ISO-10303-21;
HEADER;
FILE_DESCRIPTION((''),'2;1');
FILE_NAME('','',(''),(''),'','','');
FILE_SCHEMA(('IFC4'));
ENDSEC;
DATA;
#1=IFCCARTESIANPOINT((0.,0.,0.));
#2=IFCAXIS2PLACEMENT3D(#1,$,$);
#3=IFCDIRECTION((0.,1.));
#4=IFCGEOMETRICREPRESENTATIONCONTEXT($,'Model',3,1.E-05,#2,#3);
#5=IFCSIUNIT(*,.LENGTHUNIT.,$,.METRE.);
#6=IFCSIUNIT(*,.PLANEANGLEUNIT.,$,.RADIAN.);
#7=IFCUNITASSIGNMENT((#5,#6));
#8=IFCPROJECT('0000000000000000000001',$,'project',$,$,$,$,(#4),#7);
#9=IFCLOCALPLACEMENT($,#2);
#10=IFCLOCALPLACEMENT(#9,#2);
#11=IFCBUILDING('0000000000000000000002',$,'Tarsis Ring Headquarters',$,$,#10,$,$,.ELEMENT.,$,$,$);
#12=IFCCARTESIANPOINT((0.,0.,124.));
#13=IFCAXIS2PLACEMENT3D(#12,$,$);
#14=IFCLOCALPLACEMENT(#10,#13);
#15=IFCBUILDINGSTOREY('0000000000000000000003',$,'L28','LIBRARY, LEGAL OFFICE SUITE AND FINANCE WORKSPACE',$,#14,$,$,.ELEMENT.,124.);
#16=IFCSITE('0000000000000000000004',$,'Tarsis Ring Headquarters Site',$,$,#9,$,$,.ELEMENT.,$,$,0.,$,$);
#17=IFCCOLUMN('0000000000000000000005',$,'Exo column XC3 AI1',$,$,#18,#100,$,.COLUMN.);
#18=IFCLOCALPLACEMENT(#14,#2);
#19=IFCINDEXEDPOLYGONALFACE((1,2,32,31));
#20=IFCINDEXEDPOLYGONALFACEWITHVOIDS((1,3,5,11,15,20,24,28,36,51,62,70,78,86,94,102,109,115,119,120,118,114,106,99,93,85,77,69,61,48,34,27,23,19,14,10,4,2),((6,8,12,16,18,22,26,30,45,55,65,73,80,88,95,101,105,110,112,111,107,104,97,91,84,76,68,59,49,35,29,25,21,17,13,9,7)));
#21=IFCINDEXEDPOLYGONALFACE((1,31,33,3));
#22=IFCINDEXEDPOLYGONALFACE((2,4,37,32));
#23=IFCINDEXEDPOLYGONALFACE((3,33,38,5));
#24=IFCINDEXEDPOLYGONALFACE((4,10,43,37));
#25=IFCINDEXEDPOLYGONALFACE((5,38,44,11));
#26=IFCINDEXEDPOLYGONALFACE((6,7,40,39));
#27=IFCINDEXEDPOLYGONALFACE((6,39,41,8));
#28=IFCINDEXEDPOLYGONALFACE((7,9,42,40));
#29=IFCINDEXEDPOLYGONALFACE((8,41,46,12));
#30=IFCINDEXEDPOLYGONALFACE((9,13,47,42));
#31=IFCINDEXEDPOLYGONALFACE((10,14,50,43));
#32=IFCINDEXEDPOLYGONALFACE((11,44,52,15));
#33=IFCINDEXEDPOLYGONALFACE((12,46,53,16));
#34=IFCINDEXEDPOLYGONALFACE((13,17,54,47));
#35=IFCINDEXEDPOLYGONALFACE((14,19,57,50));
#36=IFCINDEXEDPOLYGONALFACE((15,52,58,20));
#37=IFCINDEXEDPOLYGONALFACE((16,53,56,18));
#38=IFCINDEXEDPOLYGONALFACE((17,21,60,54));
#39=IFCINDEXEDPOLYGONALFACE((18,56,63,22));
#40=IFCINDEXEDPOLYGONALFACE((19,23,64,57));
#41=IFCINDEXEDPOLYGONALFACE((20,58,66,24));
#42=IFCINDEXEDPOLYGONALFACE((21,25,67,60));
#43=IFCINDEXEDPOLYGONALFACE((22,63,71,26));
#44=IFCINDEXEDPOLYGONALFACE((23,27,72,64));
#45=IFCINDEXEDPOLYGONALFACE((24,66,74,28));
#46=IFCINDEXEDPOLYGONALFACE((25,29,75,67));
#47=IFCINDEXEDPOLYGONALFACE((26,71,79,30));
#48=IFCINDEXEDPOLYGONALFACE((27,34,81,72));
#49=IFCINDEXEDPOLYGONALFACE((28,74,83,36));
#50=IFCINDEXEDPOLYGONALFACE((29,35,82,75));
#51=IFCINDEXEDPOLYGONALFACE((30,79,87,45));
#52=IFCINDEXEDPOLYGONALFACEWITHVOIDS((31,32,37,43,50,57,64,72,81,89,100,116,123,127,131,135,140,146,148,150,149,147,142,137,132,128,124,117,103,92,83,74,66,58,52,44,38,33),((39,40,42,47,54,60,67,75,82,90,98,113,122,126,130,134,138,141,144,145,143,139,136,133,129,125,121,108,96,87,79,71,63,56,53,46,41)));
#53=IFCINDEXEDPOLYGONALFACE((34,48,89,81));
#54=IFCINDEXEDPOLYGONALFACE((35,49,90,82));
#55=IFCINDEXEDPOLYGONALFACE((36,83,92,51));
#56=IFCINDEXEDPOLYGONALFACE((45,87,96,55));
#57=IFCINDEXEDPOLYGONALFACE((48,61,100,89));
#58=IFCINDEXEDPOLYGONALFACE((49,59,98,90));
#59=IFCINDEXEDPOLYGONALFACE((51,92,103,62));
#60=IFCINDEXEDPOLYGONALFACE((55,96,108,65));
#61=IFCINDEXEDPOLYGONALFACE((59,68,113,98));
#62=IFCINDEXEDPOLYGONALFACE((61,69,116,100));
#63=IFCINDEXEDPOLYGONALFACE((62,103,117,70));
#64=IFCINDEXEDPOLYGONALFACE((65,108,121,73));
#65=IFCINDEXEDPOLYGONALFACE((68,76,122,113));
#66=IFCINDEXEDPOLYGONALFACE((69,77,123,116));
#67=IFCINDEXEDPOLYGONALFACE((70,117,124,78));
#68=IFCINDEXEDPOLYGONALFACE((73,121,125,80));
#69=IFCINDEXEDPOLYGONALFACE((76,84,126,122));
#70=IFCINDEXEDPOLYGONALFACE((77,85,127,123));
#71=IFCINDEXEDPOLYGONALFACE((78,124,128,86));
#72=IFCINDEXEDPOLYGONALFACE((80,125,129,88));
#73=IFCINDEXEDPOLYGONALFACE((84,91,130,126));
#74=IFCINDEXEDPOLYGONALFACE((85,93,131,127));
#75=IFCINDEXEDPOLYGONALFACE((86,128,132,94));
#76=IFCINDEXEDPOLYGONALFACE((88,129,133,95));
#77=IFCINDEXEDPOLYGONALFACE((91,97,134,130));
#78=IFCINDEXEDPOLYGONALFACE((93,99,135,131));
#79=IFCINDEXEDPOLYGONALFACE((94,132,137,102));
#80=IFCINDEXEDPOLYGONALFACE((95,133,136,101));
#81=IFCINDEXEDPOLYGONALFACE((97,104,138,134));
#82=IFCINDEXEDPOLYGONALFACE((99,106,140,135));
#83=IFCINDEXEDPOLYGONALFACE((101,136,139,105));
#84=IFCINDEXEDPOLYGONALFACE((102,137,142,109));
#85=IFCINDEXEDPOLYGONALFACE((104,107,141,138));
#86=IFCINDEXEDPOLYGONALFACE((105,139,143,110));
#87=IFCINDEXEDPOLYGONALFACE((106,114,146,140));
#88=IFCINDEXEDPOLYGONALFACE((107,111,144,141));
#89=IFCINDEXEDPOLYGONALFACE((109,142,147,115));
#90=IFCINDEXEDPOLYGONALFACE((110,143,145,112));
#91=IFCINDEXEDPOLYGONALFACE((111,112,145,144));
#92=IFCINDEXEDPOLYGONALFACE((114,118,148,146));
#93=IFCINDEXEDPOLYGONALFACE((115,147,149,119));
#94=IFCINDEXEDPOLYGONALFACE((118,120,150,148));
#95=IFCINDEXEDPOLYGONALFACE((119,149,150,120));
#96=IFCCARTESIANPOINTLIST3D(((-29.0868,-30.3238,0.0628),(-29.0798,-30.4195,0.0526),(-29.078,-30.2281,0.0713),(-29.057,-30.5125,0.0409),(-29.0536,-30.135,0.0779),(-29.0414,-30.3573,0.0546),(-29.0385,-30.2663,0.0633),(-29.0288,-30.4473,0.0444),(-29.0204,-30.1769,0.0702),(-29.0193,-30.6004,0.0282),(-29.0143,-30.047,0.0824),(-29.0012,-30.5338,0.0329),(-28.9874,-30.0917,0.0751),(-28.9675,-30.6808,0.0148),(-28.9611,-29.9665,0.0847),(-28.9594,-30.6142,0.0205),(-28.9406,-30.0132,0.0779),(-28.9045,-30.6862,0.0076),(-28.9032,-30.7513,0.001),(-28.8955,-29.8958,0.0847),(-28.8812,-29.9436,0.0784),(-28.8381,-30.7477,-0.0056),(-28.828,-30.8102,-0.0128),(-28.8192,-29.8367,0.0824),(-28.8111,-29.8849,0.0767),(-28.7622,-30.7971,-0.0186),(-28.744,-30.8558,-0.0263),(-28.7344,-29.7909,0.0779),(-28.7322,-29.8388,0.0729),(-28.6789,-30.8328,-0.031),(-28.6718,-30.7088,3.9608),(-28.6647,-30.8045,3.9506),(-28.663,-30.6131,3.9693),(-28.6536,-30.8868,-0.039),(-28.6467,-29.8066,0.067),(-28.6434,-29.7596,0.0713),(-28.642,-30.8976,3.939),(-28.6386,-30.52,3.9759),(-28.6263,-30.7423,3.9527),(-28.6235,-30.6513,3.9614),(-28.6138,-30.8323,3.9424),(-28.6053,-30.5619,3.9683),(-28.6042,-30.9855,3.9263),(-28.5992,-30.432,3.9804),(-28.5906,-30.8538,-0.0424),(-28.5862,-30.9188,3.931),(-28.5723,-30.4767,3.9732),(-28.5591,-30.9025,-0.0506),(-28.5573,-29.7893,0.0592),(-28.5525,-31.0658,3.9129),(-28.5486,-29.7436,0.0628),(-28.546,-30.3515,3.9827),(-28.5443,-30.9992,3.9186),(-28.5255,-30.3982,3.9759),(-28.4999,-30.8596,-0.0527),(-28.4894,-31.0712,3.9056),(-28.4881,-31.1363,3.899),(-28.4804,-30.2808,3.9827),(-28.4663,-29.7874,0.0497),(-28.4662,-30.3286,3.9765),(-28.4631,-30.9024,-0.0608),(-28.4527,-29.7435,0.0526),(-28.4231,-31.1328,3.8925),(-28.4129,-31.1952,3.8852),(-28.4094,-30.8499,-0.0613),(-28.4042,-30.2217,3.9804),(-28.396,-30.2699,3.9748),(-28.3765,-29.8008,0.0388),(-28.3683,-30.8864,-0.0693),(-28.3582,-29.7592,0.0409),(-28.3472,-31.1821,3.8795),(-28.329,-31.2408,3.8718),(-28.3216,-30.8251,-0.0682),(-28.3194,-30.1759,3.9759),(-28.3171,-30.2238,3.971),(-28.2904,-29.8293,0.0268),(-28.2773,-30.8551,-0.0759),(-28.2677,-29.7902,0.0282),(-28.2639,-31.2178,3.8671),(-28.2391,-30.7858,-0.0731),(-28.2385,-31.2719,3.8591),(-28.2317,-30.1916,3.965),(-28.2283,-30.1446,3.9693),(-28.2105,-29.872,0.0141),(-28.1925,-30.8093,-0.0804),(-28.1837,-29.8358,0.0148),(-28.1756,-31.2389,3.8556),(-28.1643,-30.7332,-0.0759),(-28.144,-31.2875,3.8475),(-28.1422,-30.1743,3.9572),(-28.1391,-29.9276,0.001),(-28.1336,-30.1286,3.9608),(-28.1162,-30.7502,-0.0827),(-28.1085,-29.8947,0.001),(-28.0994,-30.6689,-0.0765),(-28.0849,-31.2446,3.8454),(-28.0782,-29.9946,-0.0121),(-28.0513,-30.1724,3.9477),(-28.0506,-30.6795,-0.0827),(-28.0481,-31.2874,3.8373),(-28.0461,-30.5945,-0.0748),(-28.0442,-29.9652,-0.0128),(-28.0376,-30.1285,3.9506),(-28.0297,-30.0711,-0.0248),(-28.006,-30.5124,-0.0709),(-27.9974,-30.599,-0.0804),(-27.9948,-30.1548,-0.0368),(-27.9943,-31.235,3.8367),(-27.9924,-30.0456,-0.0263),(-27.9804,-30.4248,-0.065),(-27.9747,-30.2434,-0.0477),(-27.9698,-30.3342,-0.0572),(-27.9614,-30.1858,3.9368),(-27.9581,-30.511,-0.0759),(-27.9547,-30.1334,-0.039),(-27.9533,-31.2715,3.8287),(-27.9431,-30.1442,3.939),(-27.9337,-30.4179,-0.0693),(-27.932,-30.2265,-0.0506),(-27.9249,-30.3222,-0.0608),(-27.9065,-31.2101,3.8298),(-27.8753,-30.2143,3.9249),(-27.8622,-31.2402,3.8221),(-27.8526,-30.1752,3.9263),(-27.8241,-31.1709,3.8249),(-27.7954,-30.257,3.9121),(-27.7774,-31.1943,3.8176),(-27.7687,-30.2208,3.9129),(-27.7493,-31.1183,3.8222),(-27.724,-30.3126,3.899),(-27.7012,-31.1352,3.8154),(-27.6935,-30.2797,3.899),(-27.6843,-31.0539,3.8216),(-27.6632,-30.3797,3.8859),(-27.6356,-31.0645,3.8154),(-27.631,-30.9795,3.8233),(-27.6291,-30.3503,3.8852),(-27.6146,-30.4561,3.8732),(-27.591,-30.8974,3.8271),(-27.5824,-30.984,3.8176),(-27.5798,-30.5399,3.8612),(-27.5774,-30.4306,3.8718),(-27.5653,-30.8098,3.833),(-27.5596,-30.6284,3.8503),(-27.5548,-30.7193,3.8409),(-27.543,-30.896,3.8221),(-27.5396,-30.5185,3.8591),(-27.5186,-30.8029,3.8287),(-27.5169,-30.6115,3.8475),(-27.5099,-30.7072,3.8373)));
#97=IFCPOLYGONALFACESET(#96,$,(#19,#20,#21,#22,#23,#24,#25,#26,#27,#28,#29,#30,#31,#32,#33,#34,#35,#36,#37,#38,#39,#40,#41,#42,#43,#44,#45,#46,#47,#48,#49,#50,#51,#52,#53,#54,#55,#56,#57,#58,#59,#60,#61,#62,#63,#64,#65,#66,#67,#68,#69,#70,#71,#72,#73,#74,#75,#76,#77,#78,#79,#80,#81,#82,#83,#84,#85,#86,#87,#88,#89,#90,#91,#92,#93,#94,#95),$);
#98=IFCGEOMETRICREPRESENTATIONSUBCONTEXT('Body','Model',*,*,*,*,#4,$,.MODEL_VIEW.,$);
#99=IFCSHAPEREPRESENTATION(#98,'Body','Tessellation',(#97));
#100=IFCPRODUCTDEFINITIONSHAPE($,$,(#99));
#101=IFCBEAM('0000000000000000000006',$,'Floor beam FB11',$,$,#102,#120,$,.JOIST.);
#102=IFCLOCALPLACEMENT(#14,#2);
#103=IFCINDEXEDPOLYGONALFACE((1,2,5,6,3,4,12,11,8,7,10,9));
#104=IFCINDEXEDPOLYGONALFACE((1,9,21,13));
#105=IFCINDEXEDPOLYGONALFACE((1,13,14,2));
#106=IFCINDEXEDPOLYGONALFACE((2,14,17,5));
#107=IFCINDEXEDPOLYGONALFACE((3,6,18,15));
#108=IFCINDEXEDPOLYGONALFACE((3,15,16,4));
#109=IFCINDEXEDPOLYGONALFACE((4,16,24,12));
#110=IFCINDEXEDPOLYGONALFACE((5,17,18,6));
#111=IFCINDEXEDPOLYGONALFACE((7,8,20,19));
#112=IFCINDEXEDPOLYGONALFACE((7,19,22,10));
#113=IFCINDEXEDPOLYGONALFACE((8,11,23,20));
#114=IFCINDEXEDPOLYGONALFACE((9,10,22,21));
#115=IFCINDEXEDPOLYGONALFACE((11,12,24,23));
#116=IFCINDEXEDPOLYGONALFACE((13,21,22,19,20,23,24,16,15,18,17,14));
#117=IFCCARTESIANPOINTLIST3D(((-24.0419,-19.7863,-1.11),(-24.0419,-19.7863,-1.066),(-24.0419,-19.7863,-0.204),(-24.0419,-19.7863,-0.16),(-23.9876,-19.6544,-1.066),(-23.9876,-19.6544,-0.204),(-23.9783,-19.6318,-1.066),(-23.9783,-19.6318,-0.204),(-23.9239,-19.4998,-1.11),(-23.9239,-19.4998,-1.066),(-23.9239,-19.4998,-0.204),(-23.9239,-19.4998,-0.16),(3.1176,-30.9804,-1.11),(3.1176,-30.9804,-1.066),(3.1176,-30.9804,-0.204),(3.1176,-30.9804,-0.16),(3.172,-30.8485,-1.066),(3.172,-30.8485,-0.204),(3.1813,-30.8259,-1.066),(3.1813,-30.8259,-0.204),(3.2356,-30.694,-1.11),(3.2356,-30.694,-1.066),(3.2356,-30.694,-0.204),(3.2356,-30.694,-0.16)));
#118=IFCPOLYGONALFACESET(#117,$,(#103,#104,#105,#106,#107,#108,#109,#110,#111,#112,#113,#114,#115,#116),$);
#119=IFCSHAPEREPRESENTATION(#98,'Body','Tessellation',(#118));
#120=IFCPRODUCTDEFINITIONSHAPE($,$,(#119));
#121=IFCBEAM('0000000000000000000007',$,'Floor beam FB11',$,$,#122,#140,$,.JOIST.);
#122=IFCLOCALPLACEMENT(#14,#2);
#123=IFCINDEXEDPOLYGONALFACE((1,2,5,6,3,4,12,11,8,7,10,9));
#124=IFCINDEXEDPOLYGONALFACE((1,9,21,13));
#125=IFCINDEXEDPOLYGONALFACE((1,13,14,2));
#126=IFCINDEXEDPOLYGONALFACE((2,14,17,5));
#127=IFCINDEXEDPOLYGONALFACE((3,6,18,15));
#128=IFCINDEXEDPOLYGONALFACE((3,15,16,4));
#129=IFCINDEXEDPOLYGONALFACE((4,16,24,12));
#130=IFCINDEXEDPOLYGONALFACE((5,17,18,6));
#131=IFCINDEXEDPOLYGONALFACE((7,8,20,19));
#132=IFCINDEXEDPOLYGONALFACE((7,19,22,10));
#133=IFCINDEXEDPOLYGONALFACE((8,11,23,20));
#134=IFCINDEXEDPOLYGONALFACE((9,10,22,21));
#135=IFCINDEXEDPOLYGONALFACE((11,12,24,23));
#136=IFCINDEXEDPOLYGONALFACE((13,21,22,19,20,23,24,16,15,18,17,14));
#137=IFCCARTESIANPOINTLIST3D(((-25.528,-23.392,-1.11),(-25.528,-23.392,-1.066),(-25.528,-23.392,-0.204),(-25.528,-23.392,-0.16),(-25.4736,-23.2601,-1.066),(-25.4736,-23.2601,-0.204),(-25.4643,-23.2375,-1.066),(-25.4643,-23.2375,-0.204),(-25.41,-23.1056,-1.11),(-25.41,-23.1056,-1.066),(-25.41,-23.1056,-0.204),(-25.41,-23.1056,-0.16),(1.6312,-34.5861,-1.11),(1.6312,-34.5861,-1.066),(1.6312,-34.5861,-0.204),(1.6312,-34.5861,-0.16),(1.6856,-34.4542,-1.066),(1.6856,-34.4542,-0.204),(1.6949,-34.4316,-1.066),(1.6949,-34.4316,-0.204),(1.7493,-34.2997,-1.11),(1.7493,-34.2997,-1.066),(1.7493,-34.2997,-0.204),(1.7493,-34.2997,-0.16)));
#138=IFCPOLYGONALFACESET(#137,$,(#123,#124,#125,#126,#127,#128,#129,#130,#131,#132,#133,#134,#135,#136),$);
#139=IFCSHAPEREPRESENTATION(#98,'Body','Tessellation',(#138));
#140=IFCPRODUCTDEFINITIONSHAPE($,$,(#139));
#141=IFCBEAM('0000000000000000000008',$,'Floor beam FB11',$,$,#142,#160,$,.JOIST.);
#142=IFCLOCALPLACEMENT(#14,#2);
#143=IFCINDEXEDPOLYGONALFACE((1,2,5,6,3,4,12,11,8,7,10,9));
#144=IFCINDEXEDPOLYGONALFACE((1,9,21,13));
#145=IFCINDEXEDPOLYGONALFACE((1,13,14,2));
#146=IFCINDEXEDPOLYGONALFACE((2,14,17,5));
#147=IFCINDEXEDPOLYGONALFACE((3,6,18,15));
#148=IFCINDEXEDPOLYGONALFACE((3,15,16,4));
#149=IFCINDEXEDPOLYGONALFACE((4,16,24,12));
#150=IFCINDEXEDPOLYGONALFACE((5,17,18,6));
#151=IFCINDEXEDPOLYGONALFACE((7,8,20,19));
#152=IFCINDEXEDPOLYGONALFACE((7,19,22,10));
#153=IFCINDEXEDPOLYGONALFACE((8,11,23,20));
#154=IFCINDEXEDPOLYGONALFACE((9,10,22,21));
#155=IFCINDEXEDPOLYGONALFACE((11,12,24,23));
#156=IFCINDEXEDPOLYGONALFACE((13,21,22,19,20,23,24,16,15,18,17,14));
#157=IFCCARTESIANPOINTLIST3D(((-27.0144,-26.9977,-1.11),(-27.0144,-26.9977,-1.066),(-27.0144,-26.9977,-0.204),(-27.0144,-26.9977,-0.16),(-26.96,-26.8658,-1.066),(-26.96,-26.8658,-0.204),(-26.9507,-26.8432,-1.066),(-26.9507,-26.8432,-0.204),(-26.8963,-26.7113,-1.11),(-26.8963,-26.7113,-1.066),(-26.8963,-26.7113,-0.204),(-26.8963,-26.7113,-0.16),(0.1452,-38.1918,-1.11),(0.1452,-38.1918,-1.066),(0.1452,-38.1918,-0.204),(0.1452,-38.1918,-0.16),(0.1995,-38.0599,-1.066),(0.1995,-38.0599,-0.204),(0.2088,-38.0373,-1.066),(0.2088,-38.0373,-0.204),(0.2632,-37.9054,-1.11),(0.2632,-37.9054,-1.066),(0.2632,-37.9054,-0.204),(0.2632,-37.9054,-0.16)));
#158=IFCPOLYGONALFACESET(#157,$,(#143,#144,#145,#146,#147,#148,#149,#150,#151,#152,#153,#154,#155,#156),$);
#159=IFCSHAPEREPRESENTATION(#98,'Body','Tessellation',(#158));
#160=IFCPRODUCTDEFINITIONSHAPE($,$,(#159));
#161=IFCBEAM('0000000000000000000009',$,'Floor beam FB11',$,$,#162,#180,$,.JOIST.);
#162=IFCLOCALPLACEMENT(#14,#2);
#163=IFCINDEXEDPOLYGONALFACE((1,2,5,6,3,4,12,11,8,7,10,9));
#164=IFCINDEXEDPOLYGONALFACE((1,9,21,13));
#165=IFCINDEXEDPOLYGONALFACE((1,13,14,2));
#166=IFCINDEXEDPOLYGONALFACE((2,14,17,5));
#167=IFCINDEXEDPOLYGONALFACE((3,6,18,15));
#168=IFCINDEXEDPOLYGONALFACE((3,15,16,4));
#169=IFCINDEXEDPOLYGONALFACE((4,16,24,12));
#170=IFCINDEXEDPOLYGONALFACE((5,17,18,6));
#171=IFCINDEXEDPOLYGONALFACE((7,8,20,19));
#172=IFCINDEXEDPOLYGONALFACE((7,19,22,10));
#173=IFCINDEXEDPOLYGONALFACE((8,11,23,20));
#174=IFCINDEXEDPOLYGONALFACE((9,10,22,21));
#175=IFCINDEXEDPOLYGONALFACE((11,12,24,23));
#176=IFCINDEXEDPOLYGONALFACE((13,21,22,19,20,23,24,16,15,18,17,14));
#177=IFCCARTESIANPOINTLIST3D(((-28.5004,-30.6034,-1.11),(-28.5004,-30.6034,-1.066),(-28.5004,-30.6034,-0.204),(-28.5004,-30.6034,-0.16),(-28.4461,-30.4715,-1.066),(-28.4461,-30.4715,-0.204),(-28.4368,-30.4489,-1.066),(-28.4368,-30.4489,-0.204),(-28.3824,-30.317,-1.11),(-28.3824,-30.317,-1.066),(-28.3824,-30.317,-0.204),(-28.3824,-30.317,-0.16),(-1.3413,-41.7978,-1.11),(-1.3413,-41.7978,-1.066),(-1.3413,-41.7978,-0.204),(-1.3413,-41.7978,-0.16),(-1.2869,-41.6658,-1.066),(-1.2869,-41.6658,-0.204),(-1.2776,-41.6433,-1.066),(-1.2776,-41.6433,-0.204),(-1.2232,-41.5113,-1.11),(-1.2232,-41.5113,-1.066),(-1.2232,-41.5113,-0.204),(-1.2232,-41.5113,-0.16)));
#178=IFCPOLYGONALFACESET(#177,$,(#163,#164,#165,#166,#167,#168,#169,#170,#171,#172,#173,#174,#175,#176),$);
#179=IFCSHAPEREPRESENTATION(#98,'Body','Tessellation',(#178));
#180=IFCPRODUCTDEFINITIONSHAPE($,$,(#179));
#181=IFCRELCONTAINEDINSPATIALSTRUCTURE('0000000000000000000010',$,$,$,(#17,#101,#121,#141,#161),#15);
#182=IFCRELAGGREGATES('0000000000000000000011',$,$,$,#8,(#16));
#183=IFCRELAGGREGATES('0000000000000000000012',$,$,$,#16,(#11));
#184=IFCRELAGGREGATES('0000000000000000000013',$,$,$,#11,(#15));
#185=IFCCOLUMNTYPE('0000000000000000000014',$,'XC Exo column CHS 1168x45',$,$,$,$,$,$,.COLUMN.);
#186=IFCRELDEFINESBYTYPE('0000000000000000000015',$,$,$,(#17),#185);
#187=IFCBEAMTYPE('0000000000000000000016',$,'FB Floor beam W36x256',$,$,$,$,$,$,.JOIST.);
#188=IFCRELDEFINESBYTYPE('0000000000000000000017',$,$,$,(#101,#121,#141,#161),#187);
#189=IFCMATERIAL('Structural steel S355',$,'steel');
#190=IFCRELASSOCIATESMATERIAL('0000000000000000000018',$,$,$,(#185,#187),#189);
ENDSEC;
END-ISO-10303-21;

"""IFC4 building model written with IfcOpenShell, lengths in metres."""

from ifc_helpers import new_model, si_unit, direction, frame, origin, origin_2d, place, context, subcontext, project, spatial, hollow_circle, i_section, extrude, material, material_profile, profile_set, type_object, element, save


model = new_model("IFC4")

# Units and contexts
model_context = context("Model", 3, precision=1e-05, world=origin(), true_north=direction((0.0, 1.0)))
body_context = subcontext(model_context, "Body", "Model", "MODEL_VIEW")
ifc_project = project(units=[si_unit("LENGTHUNIT", "METRE"), si_unit("PLANEANGLEUNIT", "RADIAN")], contexts=[model_context])

# Site, building, storey
site_placement = place(None, origin())
site = spatial("IfcSite", under=ifc_project, at=site_placement, Name="Tarsis Ring Headquarters Site", CompositionType="ELEMENT", RefElevation=0.0)
building_placement = place(site_placement, origin())
building = spatial("IfcBuilding", under=site, at=building_placement, Name="Tarsis Ring Headquarters", CompositionType="ELEMENT")
storey_placement = place(building_placement, frame((0.0, 0.0, 124.0)))
storey = spatial("IfcBuildingStorey", under=building, at=storey_placement, Name="L28", Description="LIBRARY, LEGAL OFFICE SUITE AND FINANCE WORKSPACE", CompositionType="ELEMENT", Elevation=124.0)

# Column
ifc_material_1 = material(Name="Structural steel S355", Category="steel")
ifc_material_profile_1 = material_profile(ifc_material_1, hollow_circle(Radius=0.5842, WallThickness=0.0449, at=origin_2d()), Name="CHS 1168x45")
ifc_profile_set_1 = profile_set([ifc_material_profile_1], Name="Structural steel S355")
column_type = type_object("IfcColumnType", Name="XC Exo column CHS 1168x45", PredefinedType="COLUMN", material=ifc_profile_set_1)
column_placement = place(storey_placement, frame((-28.5059, -30.323, 0.001), z_axis=(0.105371, -0.097747, 0.989617), x_axis=(0.680087, 0.733131, 0.0)))
element("IfcColumn", 1, at=column_placement, inside=storey, type_object=column_type, Name="Exo column XC3 AI1", PredefinedType="COLUMN", context=body_context, shape_type="SweptSolid", body=[
    extrude(hollow_circle(Radius=0.5842, WallThickness=0.0449, at=origin_2d()), origin(), (0.0, 0.0, 1.0), 3.939),
])

# Beams
ifc_material_profile_2 = material_profile(ifc_material_1, i_section(OverallWidth=0.3098, OverallDepth=0.95, WebThickness=0.0244, FlangeThickness=0.0439, at=origin_2d()), Name="W36x256")
ifc_profile_set_2 = profile_set([ifc_material_profile_2], Name="Structural steel S355")
beam_type_1 = type_object("IfcBeamType", Name="FB Floor beam W36x256", PredefinedType="JOIST", material=ifc_profile_set_2)
beam_1_placement = place(storey_placement, frame((-23.9829, -19.6431, -0.635), z_axis=(0.924549, -0.381064, 0.0), x_axis=(0.381064, 0.924549, 0.0)))
element("IfcBeam", 2, at=beam_1_placement, inside=storey, type_object=beam_type_1, Name="Floor beam FB11", PredefinedType="JOIST", context=body_context, shape_type="SweptSolid", body=[
    extrude(i_section(OverallWidth=0.3098, OverallDepth=0.95, WebThickness=0.0244, FlangeThickness=0.0439, at=origin_2d()), origin(), (0.0, 0.0, 1.0), 29.376),
])
beam_2_placement = place(storey_placement, frame((-25.469, -23.2488, -0.635), z_axis=(0.924547, -0.381067, 0.0), x_axis=(0.381067, 0.924547, 0.0)))
element("IfcBeam", 3, at=beam_2_placement, inside=storey, type_object=beam_type_1, Name="Floor beam FB11", PredefinedType="JOIST", context=body_context, shape_type="SweptSolid", body=[
    extrude(i_section(OverallWidth=0.3098, OverallDepth=0.95, WebThickness=0.0244, FlangeThickness=0.0439, at=origin_2d()), origin(), (0.0, 0.0, 1.0), 29.3757),
])
beam_3_placement = place(storey_placement, frame((-26.9553, -26.8545, -0.635), z_axis=(0.924549, -0.381064, 0.0), x_axis=(0.381064, 0.924549, 0.0)))
element("IfcBeam", 4, at=beam_3_placement, inside=storey, type_object=beam_type_1, Name="Floor beam FB11", PredefinedType="JOIST", context=body_context, shape_type="SweptSolid", body=[
    extrude(i_section(OverallWidth=0.3098, OverallDepth=0.95, WebThickness=0.0244, FlangeThickness=0.0439, at=origin_2d()), origin(), (0.0, 0.0, 1.0), 29.376),
])
beam_4_placement = place(storey_placement, frame((-28.4414, -30.4602, -0.635), z_axis=(0.924544, -0.381074, 0.0), x_axis=(0.381074, 0.924544, 0.0)))
element("IfcBeam", 5, at=beam_4_placement, inside=storey, type_object=beam_type_1, Name="Floor beam FB11", PredefinedType="JOIST", context=body_context, shape_type="SweptSolid", body=[
    extrude(i_section(OverallWidth=0.3098, OverallDepth=0.95, WebThickness=0.0244, FlangeThickness=0.0439, at=origin_2d()), origin(), (0.0, 0.0, 1.0), 29.3757),
])

save(model, "model.ifc")
